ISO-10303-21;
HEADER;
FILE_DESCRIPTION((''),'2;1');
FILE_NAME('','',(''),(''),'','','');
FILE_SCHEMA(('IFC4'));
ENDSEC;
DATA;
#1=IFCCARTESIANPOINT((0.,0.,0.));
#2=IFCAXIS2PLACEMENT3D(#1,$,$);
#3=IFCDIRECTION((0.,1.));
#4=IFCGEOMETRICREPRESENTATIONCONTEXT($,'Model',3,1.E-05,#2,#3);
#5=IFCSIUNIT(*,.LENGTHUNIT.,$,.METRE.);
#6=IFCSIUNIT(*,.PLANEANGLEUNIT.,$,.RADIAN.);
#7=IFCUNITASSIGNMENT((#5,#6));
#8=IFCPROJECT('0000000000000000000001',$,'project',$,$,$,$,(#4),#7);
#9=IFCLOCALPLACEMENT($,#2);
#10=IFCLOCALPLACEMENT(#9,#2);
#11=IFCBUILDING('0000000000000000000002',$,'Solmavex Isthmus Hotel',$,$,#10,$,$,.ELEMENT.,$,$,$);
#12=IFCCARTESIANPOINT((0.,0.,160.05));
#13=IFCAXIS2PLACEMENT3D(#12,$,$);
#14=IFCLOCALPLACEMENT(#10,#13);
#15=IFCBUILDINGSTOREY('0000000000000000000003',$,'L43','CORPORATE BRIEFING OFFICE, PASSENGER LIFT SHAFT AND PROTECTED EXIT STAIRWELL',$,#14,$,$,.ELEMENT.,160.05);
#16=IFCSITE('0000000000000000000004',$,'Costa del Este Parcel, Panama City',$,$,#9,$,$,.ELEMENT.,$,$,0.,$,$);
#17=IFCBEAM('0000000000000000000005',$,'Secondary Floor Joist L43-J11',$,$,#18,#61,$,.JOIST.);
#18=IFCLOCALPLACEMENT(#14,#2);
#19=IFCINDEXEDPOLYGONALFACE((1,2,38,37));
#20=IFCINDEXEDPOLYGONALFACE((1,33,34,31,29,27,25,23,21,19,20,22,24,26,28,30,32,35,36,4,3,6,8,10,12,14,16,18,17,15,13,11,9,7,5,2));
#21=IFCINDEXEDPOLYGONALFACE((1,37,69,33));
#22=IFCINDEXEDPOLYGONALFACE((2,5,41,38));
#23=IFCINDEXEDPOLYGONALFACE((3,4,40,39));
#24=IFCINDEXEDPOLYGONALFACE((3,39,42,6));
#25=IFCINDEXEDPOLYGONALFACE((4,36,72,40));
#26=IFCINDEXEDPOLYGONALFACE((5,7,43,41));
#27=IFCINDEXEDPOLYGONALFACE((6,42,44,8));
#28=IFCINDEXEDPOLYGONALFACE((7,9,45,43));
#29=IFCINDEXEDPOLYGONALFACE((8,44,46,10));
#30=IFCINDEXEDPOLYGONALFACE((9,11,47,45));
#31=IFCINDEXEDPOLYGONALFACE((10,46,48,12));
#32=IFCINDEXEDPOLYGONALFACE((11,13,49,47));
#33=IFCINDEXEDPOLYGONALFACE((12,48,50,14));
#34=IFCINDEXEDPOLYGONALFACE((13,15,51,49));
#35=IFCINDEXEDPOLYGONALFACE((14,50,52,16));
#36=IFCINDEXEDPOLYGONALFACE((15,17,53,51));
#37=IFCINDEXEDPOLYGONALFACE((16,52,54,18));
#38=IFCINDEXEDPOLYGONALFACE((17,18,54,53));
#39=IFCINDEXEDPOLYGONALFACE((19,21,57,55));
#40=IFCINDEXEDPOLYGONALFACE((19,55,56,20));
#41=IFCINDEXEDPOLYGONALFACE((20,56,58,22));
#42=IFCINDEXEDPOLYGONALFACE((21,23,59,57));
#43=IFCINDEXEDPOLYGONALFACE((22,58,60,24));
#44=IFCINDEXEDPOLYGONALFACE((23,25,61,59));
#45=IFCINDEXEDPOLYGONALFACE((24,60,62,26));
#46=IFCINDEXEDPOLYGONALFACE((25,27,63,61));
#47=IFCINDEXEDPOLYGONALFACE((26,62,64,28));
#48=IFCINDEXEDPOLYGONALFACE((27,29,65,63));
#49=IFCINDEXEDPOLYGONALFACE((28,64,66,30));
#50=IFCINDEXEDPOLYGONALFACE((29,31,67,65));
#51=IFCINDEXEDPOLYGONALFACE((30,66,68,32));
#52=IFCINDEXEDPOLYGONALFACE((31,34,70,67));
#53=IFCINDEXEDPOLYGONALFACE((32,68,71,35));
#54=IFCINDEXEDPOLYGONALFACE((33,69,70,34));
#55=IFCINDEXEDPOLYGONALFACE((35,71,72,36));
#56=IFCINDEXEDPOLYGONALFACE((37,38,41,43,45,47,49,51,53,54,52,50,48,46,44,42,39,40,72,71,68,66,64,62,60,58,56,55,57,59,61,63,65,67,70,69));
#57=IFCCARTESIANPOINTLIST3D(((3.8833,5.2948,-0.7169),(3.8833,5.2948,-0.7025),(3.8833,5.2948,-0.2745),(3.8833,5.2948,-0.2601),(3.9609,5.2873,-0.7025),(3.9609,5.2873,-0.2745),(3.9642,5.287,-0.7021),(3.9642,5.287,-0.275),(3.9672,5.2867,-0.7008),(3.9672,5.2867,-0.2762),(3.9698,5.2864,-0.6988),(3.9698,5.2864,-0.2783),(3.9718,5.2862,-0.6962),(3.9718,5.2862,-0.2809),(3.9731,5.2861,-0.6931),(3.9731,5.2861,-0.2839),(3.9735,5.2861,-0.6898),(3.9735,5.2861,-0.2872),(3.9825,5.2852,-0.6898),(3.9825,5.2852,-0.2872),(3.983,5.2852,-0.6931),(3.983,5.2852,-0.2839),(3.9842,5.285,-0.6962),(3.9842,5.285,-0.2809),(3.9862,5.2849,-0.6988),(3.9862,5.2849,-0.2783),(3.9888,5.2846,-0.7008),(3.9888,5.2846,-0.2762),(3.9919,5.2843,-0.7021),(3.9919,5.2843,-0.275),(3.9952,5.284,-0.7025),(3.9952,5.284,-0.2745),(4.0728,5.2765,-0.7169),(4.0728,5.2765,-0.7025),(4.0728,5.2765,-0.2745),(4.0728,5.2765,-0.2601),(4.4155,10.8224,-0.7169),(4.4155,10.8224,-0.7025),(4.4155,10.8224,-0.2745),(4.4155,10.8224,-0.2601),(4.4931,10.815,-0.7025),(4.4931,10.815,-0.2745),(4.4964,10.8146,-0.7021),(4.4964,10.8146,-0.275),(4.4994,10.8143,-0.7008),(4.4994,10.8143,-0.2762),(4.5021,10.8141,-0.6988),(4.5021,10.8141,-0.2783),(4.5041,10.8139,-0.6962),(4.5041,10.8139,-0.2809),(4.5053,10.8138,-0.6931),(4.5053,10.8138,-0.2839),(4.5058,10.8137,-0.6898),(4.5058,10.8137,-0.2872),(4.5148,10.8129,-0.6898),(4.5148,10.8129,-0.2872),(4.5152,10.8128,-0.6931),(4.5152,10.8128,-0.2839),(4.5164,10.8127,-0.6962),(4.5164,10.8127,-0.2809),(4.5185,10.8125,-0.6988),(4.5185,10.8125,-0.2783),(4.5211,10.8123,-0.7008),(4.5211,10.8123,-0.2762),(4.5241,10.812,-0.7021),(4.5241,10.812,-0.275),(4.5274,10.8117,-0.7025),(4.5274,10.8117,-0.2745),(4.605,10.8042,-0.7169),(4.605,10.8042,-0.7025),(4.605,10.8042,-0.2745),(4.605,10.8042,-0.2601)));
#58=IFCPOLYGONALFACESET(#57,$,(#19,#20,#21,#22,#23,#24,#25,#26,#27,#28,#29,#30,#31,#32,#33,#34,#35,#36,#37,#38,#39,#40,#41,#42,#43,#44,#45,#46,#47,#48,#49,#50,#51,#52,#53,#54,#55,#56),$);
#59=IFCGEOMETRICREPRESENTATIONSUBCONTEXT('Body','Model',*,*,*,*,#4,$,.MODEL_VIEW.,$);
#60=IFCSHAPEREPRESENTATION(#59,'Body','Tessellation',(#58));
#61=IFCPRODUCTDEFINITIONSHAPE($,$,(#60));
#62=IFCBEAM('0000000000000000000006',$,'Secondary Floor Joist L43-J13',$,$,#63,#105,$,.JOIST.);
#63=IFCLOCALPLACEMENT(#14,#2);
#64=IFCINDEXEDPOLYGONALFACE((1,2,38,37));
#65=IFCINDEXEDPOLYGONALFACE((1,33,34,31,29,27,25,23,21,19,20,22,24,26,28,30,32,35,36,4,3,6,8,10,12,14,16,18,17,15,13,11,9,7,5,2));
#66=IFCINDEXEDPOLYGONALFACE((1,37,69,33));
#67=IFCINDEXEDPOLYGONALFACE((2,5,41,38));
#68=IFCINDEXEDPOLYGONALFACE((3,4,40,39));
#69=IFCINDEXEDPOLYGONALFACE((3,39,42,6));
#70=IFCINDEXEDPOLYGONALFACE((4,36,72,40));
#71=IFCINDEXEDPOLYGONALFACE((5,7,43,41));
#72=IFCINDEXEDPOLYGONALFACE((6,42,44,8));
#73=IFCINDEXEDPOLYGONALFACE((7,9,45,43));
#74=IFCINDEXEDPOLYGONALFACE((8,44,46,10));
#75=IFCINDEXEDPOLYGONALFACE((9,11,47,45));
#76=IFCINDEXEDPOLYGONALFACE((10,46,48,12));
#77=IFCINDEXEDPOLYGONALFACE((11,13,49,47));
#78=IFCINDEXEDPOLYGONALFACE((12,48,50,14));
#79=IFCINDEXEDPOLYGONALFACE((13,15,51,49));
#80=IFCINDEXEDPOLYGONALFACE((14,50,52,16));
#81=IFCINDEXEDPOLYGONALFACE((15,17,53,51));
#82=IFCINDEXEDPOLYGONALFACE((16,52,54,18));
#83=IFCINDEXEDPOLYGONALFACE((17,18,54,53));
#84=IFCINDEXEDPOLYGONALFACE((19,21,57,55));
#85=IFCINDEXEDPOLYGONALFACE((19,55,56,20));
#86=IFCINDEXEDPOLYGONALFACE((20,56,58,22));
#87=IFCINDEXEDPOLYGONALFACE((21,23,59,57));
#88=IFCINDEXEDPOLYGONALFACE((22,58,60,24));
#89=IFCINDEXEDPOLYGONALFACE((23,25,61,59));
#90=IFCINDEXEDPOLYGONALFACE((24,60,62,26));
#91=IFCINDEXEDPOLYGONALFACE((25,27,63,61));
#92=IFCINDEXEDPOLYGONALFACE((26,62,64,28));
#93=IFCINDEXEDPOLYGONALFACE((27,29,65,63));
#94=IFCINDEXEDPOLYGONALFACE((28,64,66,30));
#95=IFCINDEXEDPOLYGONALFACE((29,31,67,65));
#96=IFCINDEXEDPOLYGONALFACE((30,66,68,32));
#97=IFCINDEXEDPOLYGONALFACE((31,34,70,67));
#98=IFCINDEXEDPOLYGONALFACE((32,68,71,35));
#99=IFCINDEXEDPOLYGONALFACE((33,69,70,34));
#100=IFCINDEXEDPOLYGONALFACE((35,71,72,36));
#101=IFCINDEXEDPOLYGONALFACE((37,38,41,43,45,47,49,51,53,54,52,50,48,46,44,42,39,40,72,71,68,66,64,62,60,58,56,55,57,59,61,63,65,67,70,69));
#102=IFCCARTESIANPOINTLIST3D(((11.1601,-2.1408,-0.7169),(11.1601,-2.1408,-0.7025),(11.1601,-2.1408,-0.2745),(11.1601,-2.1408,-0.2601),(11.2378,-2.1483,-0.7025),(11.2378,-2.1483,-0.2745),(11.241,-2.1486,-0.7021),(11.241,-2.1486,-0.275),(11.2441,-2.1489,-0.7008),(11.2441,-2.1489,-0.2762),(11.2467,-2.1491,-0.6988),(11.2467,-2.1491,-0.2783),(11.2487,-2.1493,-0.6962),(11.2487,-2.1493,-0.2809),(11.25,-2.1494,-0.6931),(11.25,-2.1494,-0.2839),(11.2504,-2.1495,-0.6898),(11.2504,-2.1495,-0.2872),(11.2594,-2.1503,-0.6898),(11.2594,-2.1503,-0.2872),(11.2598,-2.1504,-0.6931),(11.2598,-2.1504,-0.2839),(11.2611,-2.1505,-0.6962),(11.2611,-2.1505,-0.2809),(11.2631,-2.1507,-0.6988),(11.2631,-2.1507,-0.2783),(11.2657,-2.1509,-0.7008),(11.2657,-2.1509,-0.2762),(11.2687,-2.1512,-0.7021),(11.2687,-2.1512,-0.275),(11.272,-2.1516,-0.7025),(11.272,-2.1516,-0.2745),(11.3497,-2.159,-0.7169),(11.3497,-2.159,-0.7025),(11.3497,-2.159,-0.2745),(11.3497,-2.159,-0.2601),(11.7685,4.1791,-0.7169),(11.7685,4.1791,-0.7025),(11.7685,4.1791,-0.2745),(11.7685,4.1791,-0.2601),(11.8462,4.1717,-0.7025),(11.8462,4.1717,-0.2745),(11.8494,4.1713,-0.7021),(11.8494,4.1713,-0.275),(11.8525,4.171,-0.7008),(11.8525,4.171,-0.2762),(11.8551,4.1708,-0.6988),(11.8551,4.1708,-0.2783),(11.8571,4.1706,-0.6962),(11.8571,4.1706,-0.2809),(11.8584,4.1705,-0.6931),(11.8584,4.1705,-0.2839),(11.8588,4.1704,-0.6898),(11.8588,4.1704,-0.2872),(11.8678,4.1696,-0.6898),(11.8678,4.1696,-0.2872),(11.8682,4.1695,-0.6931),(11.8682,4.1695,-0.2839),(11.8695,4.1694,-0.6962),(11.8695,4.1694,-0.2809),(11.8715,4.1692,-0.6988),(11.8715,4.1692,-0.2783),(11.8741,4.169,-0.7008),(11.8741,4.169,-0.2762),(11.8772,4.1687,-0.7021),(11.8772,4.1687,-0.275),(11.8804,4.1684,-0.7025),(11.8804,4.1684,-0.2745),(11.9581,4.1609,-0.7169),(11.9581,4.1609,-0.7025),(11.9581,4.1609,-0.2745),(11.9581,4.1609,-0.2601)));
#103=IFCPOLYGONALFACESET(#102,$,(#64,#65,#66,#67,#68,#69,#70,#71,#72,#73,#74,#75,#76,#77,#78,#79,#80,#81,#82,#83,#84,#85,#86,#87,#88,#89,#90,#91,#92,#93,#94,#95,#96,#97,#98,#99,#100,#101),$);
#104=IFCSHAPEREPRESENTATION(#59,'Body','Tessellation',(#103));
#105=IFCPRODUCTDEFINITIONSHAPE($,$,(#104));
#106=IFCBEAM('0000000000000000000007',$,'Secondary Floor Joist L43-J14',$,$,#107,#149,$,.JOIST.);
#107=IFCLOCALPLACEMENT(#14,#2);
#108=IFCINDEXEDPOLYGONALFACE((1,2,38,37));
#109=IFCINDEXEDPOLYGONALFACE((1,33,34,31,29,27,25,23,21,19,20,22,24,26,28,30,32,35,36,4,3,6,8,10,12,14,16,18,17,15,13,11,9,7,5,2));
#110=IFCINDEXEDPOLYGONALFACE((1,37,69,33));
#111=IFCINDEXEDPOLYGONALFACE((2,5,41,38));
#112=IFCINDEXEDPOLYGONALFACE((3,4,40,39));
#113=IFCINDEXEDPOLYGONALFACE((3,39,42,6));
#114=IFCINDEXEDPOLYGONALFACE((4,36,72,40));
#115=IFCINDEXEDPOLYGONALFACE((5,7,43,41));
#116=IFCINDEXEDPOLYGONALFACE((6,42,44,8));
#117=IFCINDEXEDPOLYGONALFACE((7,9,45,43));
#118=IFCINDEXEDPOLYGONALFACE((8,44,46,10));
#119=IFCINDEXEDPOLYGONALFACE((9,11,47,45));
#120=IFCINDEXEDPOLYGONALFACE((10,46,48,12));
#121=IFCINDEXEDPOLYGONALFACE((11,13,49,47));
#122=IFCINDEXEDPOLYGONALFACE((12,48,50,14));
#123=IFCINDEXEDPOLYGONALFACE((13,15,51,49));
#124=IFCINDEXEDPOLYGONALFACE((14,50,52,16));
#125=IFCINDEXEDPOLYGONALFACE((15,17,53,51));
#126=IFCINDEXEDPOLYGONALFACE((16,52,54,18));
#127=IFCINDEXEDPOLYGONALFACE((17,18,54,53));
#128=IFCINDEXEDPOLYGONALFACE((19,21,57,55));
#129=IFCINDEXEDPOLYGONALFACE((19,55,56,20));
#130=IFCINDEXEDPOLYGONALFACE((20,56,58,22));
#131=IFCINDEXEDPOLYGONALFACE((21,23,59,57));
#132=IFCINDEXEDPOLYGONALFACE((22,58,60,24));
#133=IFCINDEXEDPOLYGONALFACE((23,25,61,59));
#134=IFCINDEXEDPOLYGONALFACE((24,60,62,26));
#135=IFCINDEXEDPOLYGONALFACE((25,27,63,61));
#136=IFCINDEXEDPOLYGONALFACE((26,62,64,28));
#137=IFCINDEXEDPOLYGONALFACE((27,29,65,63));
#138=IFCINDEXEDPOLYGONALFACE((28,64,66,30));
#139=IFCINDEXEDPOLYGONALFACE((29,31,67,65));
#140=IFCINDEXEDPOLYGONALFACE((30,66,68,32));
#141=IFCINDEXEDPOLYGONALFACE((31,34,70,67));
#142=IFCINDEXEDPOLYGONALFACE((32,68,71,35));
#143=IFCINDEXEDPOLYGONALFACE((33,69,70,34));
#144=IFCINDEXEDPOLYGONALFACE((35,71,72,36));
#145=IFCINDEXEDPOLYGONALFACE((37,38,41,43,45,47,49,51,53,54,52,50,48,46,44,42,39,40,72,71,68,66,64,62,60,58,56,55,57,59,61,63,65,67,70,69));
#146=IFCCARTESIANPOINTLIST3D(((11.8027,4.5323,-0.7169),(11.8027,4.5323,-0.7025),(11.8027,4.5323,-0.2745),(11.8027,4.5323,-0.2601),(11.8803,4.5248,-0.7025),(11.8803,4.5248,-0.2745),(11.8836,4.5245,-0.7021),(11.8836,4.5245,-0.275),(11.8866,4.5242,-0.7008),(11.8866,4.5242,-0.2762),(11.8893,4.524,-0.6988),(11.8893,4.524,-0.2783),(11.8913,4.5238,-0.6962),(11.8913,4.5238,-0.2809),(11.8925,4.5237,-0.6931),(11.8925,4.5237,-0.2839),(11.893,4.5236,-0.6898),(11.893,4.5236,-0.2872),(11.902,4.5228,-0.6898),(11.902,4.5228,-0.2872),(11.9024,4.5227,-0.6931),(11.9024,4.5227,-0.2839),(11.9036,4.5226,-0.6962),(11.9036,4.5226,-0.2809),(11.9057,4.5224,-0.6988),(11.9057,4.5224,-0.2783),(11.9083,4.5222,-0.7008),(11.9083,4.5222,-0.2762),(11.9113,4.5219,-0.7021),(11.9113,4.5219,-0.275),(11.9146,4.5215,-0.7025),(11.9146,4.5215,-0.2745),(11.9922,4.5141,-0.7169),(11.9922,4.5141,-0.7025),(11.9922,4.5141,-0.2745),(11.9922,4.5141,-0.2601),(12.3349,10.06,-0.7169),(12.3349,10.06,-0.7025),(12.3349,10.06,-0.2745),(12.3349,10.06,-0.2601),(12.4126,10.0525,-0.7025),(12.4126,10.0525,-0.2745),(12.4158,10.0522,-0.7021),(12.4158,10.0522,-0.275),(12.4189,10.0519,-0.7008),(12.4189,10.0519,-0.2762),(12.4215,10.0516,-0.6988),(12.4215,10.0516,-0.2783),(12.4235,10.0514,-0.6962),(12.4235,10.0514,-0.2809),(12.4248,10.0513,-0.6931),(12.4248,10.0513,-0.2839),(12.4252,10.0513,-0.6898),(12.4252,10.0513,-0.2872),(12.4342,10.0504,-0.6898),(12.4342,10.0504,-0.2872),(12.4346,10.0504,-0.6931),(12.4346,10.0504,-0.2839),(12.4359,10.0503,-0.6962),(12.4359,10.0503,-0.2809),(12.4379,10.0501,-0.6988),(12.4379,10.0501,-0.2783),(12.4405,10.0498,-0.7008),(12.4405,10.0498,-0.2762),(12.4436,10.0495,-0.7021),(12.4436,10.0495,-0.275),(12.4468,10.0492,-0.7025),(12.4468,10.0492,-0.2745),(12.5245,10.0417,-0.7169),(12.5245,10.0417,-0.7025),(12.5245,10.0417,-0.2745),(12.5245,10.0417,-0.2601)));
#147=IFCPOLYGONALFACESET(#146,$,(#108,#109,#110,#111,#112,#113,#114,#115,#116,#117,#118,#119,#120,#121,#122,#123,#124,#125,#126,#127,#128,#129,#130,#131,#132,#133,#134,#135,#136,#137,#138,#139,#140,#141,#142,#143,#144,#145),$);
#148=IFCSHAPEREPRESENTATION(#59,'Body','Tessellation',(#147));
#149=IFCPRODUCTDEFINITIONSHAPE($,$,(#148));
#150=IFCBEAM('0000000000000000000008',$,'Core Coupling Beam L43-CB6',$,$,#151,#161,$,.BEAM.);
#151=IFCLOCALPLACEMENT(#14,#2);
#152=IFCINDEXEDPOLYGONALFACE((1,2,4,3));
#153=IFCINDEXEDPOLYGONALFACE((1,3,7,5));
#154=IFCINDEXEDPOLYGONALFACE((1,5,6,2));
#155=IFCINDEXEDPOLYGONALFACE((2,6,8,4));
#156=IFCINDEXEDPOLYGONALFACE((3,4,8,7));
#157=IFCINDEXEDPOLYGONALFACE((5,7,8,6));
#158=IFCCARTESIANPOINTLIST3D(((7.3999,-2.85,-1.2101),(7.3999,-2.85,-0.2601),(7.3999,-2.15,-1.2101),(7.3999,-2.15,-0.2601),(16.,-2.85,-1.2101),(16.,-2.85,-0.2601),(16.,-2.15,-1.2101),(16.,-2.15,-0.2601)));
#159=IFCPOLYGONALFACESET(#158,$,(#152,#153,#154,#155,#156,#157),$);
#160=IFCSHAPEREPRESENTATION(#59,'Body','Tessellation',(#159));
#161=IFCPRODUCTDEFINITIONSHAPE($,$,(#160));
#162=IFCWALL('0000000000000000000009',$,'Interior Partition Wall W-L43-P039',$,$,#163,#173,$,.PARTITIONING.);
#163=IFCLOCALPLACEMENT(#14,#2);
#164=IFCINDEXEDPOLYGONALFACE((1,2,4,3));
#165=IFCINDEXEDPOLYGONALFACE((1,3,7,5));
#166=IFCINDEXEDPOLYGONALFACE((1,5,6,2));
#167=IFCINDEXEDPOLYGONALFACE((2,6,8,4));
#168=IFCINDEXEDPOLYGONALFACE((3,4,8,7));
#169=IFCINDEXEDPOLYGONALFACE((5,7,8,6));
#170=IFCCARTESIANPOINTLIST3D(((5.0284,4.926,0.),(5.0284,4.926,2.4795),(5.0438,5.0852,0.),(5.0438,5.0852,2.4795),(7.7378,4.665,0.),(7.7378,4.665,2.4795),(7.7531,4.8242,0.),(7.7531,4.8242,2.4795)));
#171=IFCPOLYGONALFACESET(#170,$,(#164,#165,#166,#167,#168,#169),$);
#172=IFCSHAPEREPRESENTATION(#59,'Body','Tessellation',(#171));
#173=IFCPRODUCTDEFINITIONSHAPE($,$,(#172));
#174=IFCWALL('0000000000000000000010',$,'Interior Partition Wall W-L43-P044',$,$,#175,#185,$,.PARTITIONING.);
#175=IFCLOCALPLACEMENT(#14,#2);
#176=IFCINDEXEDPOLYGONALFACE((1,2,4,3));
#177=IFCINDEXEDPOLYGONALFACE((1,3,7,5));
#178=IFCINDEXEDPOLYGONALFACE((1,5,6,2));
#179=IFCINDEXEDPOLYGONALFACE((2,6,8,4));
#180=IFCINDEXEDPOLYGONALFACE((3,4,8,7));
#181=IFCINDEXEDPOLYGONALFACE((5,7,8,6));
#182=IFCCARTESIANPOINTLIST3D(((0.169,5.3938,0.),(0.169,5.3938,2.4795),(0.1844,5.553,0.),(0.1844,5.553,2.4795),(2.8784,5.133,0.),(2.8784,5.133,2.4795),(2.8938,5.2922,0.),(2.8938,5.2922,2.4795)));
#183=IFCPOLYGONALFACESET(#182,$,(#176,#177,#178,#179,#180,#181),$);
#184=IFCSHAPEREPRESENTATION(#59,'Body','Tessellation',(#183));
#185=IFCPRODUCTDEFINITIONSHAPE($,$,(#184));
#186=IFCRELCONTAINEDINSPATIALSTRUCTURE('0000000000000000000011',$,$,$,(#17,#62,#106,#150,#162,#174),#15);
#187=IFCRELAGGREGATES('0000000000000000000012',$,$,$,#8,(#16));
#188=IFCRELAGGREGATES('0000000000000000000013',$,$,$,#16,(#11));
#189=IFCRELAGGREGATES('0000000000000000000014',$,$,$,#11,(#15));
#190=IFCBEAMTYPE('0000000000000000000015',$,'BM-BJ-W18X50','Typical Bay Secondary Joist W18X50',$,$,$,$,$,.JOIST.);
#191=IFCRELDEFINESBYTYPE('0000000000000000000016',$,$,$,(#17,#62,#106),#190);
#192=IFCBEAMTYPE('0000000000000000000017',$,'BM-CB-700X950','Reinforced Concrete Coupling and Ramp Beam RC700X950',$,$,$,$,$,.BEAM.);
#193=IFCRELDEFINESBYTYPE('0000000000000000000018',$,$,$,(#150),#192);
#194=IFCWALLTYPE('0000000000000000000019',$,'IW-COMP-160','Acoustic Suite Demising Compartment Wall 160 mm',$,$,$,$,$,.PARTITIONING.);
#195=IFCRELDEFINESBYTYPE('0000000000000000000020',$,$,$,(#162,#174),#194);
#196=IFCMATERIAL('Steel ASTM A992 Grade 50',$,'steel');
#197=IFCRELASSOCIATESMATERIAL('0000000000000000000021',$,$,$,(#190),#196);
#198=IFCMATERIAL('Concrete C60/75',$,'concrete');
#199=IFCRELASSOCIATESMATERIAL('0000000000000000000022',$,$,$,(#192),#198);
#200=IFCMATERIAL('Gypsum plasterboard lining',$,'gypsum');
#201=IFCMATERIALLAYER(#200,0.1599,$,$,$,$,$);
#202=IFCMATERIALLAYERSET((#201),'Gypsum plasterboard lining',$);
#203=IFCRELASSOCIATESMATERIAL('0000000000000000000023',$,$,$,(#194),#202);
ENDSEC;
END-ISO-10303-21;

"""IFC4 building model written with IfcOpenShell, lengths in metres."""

from ifc_helpers import new_model, si_unit, direction, frame, frame_2d, origin, origin_2d, place, context, subcontext, project, spatial, rectangle, i_section, extrude, material, layer, layer_set, material_profile, profile_set, type_object, element, save


model = new_model("IFC4")

# Units and contexts
model_context = context("Model", 3, precision=1e-05, world=origin(), true_north=direction((0.0, 1.0)))
body_context = subcontext(model_context, "Body", "Model", "MODEL_VIEW")
ifc_project = project(units=[si_unit("LENGTHUNIT", "METRE"), si_unit("PLANEANGLEUNIT", "RADIAN")], contexts=[model_context])

# Site, building, storey
site_placement = place(None, origin())
site = spatial("IfcSite", under=ifc_project, at=site_placement, Name="Costa del Este Parcel, Panama City", CompositionType="ELEMENT", RefElevation=0.0)
building_placement = place(site_placement, origin())
building = spatial("IfcBuilding", under=site, at=building_placement, Name="Solmavex Isthmus Hotel", CompositionType="ELEMENT")
storey_placement = place(building_placement, frame((0.0, 0.0, 160.05)))
storey = spatial("IfcBuildingStorey", under=building, at=storey_placement, Name="L43", Description="CORPORATE BRIEFING OFFICE, PASSENGER LIFT SHAFT AND PROTECTED EXIT STAIRWELL", CompositionType="ELEMENT", Elevation=160.05)

# Beams
ifc_material_1 = material(Name="Steel ASTM A992 Grade 50", Category="steel")
ifc_material_profile_1 = material_profile(ifc_material_1, i_section(OverallWidth=0.1904, OverallDepth=0.4568, WebThickness=0.009, FlangeThickness=0.0144, FilletRadius=0.0127, at=origin_2d()), Name="W18X50")
ifc_profile_set_1 = profile_set([ifc_material_profile_1], Name="Steel ASTM A992 Grade 50")
beam_type_1 = type_object("IfcBeamType", Name="BM-BJ-W18X50", Description="Typical Bay Secondary Joist W18X50", PredefinedType="JOIST", material=ifc_profile_set_1)
beam_1_placement = place(storey_placement, frame((3.978, 5.2856, -0.4885), z_axis=(0.095842, 0.995397, 0.0), x_axis=(-0.995397, 0.095842, 0.0)))
element("IfcBeam", 1, at=beam_1_placement, inside=storey, type_object=beam_type_1, Name="Secondary Floor Joist L43-J11", PredefinedType="JOIST", context=body_context, shape_type="SweptSolid", body=[
    extrude(i_section(OverallWidth=0.1904, OverallDepth=0.4568, WebThickness=0.009, FlangeThickness=0.0144, FilletRadius=0.0127, at=origin_2d()), origin(), (0.0, 0.0, 1.0), 5.5532),
])
beam_2_placement = place(storey_placement, frame((11.2549, -2.1499, -0.4885), z_axis=(0.095825, 0.995398, 0.0), x_axis=(-0.995398, 0.095825, 0.0)))
element("IfcBeam", 2, at=beam_2_placement, inside=storey, type_object=beam_type_1, Name="Secondary Floor Joist L43-J13", PredefinedType="JOIST", context=body_context, shape_type="SweptSolid", body=[
    extrude(i_section(OverallWidth=0.1904, OverallDepth=0.4568, WebThickness=0.009, FlangeThickness=0.0144, FilletRadius=0.0127, at=origin_2d()), origin(), (0.0, 0.0, 1.0), 6.3491),
])
beam_3_placement = place(storey_placement, frame((11.8975, 4.5232, -0.4885), z_axis=(0.095842, 0.995397, 0.0), x_axis=(-0.995397, 0.095842, 0.0)))
element("IfcBeam", 3, at=beam_3_placement, inside=storey, type_object=beam_type_1, Name="Secondary Floor Joist L43-J14", PredefinedType="JOIST", context=body_context, shape_type="SweptSolid", body=[
    extrude(i_section(OverallWidth=0.1904, OverallDepth=0.4568, WebThickness=0.009, FlangeThickness=0.0144, FilletRadius=0.0127, at=origin_2d()), origin(), (0.0, 0.0, 1.0), 5.5532),
])
ifc_material_2 = material(Name="Concrete C60/75", Category="concrete")
ifc_material_profile_2 = material_profile(ifc_material_2, rectangle(XDim=0.7, YDim=0.95, at=origin_2d()), Name="RC700X950")
ifc_profile_set_2 = profile_set([ifc_material_profile_2], Name="Concrete C60/75")
beam_type_2 = type_object("IfcBeamType", Name="BM-CB-700X950", Description="Reinforced Concrete Coupling and Ramp Beam RC700X950", PredefinedType="BEAM", material=ifc_profile_set_2)
beam_4_placement = place(storey_placement, frame((7.3999, -2.5, -0.7351), z_axis=(1.0, 0.0, 0.0), x_axis=(0.0, 1.0, 0.0)))
element("IfcBeam", 4, at=beam_4_placement, inside=storey, type_object=beam_type_2, Name="Core Coupling Beam L43-CB6", PredefinedType="BEAM", context=body_context, shape_type="SweptSolid", body=[
    extrude(rectangle(XDim=0.7, YDim=0.95, at=origin_2d()), origin(), (0.0, 0.0, 1.0), 8.6001),
])

# Walls
ifc_material_3 = material(Name="Gypsum plasterboard lining", Category="gypsum")
ifc_layer_1 = layer(ifc_material_3, 0.1599)
ifc_layer_set_1 = layer_set([ifc_layer_1], Name="Gypsum plasterboard lining")
wall_type_1 = type_object("IfcWallType", Name="IW-COMP-160", Description="Acoustic Suite Demising Compartment Wall 160 mm", PredefinedType="PARTITIONING", material=ifc_layer_set_1)
for number, where, z_axis, x_axis, name in (
    (5, (7.7454, 4.7446, 0.0), (0.0, 0.0, 1.0), (-0.995393, 0.09588, 0.0), "Interior Partition Wall W-L43-P039"),
    (6, (2.886, 5.2126, 0.0), (0.0, 0.0, 1.0), (-0.995401, 0.095791, 0.0), "Interior Partition Wall W-L43-P044"),
):
    element("IfcWall", number, at=place(storey_placement, frame(where, z_axis=z_axis, x_axis=x_axis)), inside=storey, type_object=wall_type_1, Name=name, PredefinedType="PARTITIONING", context=body_context, shape_type="SweptSolid", body=[
        extrude(rectangle(XDim=2.7219, YDim=0.1599, at=frame_2d((1.3608, 0.0))), origin(), (0.0, 0.0, 1.0), 2.4795),
    ])

save(model, "model.ifc")
